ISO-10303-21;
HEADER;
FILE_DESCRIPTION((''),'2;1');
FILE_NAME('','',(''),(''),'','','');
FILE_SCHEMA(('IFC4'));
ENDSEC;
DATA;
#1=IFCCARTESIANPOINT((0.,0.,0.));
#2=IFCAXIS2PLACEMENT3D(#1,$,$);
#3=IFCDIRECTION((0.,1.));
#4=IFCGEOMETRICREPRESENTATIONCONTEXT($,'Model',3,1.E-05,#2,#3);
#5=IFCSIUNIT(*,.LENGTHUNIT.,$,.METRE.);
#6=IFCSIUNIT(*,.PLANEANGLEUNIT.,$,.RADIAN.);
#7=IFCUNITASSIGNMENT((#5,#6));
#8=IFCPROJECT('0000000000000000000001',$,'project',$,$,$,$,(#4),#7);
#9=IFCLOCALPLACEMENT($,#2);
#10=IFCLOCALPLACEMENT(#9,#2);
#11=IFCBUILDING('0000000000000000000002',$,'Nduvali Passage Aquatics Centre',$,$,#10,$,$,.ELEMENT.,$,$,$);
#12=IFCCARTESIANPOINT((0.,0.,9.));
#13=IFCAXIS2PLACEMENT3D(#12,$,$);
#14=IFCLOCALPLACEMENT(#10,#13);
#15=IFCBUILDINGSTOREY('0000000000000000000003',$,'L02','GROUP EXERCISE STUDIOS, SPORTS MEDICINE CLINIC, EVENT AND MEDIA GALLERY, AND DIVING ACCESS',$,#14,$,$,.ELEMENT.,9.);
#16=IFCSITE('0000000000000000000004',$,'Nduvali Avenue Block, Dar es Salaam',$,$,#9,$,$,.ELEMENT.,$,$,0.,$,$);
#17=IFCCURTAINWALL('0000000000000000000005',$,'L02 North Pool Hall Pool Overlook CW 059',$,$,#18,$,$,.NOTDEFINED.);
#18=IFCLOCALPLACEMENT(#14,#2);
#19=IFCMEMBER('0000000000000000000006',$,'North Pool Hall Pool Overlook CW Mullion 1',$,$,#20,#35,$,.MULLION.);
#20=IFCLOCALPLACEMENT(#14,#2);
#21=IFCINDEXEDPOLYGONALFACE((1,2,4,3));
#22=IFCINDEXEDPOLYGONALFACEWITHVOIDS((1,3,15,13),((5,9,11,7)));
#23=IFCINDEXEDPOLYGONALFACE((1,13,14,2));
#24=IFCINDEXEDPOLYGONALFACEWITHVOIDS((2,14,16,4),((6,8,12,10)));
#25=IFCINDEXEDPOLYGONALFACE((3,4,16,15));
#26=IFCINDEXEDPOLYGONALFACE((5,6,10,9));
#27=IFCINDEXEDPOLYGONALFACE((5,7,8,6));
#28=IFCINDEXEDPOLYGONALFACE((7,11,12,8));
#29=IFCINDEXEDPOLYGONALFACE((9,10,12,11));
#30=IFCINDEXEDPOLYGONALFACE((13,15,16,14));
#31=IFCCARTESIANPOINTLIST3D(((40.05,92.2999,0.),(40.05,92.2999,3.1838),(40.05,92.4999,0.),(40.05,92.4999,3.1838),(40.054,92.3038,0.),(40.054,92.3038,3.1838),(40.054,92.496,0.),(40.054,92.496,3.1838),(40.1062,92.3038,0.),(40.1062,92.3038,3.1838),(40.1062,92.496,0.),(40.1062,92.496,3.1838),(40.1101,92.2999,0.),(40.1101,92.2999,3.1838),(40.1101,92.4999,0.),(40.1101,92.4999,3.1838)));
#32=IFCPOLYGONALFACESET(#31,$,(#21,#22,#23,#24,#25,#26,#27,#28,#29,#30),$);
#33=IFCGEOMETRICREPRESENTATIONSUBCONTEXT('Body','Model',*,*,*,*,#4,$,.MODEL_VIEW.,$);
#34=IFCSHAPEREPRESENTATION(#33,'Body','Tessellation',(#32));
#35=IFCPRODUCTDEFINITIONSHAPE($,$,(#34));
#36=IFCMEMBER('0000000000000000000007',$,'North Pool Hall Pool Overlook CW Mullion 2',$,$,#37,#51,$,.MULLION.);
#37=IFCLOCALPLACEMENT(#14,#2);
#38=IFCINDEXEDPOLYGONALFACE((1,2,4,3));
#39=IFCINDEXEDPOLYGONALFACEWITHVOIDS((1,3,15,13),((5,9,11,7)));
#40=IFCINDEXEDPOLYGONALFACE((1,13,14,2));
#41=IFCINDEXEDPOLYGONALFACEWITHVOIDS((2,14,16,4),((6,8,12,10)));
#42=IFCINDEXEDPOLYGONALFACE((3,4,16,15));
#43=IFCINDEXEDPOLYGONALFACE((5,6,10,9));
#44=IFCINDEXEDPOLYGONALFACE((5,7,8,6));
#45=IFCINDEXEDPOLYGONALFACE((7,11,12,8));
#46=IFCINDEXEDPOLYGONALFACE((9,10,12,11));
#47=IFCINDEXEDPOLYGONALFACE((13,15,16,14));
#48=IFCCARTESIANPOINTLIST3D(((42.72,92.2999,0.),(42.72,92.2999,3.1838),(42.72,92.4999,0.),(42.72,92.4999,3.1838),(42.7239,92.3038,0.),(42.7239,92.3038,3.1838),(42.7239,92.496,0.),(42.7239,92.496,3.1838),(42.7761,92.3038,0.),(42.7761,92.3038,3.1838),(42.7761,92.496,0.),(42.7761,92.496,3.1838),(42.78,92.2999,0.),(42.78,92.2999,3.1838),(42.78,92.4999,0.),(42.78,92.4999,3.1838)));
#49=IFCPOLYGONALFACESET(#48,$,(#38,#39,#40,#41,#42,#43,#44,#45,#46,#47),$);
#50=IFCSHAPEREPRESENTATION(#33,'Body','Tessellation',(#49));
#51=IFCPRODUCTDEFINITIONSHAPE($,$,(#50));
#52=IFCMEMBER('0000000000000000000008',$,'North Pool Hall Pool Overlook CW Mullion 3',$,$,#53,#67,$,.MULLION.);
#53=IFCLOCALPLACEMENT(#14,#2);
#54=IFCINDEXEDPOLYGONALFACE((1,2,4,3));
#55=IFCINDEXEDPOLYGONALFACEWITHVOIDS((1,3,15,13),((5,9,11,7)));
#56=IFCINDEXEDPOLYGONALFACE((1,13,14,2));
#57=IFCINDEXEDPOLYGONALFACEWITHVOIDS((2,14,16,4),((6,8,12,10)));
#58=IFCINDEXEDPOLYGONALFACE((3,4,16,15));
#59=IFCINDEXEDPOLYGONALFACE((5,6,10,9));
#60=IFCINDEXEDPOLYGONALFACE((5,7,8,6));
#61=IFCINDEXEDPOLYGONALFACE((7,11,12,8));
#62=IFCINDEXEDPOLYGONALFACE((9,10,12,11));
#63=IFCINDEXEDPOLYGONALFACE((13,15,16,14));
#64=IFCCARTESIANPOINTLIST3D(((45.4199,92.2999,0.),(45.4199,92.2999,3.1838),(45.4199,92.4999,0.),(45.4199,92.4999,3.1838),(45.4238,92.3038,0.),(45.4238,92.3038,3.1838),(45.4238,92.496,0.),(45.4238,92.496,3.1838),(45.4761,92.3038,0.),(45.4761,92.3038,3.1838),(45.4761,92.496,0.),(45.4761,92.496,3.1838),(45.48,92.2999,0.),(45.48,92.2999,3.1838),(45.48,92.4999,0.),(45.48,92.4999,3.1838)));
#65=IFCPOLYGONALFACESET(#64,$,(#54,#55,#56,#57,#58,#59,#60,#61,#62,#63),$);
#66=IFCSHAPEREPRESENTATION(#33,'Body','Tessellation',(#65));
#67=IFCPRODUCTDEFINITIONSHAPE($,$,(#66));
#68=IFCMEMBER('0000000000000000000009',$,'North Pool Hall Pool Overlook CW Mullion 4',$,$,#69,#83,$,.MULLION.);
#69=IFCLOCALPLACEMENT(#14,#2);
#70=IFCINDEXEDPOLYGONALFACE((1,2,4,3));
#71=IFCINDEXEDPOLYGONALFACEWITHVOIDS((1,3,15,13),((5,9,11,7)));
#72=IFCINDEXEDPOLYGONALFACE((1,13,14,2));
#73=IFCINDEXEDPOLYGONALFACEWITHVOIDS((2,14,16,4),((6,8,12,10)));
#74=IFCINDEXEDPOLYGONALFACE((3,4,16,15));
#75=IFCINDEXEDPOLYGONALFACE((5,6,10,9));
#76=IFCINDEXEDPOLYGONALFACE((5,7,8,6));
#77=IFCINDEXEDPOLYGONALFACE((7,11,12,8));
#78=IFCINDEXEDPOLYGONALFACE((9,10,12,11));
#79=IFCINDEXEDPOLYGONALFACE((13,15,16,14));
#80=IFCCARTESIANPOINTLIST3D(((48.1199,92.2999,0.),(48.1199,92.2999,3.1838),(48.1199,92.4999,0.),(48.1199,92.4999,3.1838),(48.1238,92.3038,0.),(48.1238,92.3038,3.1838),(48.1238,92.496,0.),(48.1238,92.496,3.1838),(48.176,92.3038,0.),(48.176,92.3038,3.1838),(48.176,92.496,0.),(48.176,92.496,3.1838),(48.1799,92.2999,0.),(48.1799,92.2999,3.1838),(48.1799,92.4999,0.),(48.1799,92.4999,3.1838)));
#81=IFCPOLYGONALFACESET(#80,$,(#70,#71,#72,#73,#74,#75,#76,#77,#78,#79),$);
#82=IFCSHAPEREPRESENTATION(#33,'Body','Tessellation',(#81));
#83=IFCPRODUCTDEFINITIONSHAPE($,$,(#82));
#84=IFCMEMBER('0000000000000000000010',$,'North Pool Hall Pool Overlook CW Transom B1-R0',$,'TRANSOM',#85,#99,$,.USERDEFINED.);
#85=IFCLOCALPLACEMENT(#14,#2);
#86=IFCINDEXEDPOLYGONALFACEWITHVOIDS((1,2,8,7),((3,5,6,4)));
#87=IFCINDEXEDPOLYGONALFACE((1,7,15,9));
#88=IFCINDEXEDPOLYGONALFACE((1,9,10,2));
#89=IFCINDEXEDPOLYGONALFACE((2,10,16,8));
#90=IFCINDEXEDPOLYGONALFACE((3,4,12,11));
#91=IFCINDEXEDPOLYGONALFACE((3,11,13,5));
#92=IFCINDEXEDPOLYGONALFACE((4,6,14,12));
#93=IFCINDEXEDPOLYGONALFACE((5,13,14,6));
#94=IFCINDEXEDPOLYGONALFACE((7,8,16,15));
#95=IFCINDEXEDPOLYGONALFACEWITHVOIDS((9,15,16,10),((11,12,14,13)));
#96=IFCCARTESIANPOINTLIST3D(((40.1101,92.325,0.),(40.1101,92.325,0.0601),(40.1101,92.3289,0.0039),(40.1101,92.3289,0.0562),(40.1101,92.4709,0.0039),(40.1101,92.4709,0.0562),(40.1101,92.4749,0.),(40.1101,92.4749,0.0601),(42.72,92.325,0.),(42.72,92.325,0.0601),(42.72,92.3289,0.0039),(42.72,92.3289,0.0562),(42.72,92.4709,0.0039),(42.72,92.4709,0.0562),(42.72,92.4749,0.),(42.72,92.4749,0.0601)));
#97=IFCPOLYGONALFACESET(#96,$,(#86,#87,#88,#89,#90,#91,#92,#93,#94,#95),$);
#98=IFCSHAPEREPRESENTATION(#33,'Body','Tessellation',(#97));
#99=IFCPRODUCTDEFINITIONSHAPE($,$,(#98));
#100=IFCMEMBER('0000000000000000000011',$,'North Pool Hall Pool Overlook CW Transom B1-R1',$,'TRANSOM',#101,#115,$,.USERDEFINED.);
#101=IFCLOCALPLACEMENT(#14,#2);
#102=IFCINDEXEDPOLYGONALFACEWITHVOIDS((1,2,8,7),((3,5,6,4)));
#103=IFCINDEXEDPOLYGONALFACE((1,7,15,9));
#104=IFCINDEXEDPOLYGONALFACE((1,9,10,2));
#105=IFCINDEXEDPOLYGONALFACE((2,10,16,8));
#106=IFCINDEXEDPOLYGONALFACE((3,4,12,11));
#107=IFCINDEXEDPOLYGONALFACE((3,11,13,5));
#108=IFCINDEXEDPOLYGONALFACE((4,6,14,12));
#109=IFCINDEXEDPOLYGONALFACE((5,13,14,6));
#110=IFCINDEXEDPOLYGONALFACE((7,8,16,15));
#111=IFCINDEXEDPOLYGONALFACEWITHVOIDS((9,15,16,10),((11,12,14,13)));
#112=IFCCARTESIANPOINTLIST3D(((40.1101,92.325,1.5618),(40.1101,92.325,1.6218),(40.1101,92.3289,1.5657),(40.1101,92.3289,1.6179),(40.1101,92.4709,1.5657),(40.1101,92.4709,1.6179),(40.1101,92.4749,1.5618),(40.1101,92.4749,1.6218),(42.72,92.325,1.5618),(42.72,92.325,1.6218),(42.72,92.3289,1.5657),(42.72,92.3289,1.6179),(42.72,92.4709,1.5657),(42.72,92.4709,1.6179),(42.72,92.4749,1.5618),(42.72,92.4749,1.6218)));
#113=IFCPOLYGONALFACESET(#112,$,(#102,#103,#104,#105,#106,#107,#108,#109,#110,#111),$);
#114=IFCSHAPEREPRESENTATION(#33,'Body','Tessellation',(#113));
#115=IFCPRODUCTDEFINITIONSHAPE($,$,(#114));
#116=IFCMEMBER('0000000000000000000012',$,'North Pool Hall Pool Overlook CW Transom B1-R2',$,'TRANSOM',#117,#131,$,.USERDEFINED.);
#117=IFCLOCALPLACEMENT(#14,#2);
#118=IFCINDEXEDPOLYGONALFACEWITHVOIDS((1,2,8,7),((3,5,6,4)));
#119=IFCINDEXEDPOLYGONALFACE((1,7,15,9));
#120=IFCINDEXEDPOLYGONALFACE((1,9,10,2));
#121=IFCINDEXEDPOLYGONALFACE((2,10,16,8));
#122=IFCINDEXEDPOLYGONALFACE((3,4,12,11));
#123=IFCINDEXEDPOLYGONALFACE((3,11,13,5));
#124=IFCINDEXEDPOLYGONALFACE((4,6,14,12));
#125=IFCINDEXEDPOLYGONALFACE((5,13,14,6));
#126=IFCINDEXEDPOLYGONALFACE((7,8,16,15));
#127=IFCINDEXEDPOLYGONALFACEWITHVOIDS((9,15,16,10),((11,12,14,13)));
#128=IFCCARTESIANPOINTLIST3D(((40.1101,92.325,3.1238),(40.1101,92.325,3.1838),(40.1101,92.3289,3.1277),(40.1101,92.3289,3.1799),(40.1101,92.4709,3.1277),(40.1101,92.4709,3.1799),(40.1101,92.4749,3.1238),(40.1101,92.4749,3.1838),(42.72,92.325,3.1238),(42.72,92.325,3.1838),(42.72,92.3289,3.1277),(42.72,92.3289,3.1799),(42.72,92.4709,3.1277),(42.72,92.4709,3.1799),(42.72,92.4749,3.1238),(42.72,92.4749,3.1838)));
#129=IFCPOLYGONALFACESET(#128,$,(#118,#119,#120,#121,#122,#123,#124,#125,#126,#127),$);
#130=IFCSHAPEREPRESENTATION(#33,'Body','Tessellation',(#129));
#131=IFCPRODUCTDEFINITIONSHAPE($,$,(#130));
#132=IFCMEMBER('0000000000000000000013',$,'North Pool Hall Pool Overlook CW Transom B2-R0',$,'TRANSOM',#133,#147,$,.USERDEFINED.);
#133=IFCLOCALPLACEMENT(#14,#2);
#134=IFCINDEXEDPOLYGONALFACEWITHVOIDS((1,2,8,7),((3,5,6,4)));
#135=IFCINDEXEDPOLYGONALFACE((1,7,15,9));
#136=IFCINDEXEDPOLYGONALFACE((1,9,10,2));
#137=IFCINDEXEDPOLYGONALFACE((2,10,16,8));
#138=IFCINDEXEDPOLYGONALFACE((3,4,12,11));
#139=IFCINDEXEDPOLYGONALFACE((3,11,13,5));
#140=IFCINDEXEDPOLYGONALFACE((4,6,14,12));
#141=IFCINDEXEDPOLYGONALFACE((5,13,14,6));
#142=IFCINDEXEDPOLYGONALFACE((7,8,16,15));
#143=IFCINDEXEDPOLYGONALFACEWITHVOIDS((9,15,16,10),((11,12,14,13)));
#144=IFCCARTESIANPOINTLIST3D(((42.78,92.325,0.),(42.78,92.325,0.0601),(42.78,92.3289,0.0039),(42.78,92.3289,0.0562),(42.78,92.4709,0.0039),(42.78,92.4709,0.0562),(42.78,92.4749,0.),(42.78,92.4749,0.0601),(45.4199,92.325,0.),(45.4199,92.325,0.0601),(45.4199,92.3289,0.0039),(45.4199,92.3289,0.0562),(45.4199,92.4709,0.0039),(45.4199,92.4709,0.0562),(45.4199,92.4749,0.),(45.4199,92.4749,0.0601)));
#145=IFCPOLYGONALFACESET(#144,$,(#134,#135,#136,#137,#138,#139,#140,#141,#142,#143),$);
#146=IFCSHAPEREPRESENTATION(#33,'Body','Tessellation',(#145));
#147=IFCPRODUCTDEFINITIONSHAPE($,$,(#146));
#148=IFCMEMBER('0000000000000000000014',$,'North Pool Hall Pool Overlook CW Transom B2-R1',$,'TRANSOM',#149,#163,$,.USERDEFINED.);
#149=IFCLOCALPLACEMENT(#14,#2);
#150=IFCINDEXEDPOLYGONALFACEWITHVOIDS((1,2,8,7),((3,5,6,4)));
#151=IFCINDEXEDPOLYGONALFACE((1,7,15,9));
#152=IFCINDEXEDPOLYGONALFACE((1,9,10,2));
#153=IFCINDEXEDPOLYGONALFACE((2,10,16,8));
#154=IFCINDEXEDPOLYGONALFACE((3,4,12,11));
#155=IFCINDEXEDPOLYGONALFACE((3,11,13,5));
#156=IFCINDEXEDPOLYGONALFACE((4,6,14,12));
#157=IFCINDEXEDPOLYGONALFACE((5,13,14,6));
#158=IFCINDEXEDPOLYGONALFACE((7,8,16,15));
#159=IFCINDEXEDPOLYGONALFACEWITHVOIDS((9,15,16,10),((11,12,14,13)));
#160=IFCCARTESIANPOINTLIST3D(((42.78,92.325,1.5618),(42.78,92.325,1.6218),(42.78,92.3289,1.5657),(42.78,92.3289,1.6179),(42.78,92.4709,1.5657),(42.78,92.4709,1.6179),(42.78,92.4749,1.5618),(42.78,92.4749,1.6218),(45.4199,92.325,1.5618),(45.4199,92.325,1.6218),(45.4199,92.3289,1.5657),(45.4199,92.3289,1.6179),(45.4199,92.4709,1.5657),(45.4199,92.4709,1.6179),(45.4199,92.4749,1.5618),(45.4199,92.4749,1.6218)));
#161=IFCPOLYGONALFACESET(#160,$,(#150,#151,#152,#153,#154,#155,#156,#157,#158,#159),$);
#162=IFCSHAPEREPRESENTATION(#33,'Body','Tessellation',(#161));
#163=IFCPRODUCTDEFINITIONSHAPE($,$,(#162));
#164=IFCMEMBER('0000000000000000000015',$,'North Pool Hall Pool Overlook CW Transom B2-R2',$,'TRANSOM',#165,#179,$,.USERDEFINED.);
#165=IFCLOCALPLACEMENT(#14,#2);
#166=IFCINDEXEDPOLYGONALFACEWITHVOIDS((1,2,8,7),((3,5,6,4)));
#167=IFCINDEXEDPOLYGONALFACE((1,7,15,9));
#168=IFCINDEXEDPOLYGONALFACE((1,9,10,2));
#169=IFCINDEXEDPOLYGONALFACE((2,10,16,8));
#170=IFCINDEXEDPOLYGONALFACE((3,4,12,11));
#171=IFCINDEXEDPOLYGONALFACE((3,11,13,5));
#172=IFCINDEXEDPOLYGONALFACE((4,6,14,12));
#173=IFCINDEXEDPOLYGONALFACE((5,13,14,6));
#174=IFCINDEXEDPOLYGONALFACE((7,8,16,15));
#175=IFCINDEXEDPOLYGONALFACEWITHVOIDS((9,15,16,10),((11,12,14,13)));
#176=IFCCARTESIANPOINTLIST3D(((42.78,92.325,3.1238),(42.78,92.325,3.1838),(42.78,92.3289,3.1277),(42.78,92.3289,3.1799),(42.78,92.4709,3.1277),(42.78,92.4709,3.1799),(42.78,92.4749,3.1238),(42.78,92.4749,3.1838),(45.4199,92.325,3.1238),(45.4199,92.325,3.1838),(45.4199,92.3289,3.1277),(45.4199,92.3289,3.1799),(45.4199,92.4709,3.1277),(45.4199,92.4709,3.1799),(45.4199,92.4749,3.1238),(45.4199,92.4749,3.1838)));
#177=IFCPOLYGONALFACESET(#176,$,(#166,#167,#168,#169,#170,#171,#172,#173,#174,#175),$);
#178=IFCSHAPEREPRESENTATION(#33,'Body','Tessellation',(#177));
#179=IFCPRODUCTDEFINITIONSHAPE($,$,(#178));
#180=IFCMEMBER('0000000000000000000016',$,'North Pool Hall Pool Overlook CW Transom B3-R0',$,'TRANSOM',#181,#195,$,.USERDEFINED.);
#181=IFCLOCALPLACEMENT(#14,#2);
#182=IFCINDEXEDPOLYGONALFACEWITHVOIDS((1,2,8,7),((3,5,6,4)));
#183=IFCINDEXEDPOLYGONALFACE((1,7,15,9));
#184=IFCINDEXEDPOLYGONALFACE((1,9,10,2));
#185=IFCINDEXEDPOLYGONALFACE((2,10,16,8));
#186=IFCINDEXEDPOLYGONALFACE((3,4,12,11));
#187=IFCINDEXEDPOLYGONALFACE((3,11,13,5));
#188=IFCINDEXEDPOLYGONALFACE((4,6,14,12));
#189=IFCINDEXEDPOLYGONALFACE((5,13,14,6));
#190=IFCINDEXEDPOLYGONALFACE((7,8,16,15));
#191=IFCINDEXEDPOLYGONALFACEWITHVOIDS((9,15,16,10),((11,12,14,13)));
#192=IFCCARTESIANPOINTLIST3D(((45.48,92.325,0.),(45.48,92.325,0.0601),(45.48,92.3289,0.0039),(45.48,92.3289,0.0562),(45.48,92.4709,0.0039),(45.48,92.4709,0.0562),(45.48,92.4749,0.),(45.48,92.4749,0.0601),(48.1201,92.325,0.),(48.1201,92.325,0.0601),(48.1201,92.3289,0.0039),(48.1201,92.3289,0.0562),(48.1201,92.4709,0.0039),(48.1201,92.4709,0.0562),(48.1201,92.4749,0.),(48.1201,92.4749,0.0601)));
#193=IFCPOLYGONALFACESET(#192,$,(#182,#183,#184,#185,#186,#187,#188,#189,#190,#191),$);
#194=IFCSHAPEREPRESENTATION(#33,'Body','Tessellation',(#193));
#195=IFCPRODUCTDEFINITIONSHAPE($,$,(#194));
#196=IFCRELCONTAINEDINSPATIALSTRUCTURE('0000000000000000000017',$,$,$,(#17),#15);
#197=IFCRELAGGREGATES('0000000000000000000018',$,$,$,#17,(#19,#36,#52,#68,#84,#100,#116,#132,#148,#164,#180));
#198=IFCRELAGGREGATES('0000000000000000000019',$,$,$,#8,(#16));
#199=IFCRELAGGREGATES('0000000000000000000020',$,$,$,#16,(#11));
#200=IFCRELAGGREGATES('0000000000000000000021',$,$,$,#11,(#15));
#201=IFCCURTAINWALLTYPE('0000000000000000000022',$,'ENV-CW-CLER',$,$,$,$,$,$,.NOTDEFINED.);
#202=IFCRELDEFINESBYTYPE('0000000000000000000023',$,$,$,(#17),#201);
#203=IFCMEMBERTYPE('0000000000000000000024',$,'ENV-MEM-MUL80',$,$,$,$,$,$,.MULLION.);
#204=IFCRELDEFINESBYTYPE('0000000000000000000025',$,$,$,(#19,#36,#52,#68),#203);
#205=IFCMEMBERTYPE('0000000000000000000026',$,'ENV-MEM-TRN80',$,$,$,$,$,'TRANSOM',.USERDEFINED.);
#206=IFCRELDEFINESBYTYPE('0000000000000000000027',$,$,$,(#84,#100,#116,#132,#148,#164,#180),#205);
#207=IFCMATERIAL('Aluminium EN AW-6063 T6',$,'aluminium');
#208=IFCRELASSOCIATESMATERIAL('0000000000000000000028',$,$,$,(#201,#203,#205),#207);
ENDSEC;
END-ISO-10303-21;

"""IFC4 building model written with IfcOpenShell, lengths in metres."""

from ifc_helpers import new_model, si_unit, direction, frame, origin, origin_2d, place, context, subcontext, project, spatial, hollow_rectangle, extrude, material, material_profile, profile_set, type_object, element, aggregate, save


model = new_model("IFC4")

# Units and contexts
model_context = context("Model", 3, precision=1e-05, world=origin(), true_north=direction((0.0, 1.0)))
body_context = subcontext(model_context, "Body", "Model", "MODEL_VIEW")
ifc_project = project(units=[si_unit("LENGTHUNIT", "METRE"), si_unit("PLANEANGLEUNIT", "RADIAN")], contexts=[model_context])

# Site, building, storey
site_placement = place(None, origin())
site = spatial("IfcSite", under=ifc_project, at=site_placement, Name="Nduvali Avenue Block, Dar es Salaam", CompositionType="ELEMENT", RefElevation=0.0)
building_placement = place(site_placement, origin())
building = spatial("IfcBuilding", under=site, at=building_placement, Name="Nduvali Passage Aquatics Centre", CompositionType="ELEMENT")
storey_placement = place(building_placement, frame((0.0, 0.0, 9.0)))
storey = spatial("IfcBuildingStorey", under=building, at=storey_placement, Name="L02", Description="GROUP EXERCISE STUDIOS, SPORTS MEDICINE CLINIC, EVENT AND MEDIA GALLERY, AND DIVING ACCESS", CompositionType="ELEMENT", Elevation=9.0)

# Curtain wall, members
ifc_material_1 = material(Name="Aluminium EN AW-6063 T6", Category="aluminium")
curtain_wall_type = type_object("IfcCurtainWallType", Name="ENV-CW-CLER", PredefinedType="NOTDEFINED", material=ifc_material_1)
curtain_wall_placement = place(storey_placement, origin())
curtain_wall = element("IfcCurtainWall", 1, at=curtain_wall_placement, inside=storey, type_object=curtain_wall_type, Name="L02 North Pool Hall Pool Overlook CW 059", PredefinedType="NOTDEFINED")
ifc_material_profile_1 = material_profile(ifc_material_1, hollow_rectangle(XDim=0.0601, YDim=0.2, WallThickness=0.0039, at=origin_2d()), Name="ALU MULLION 60x200x4")
ifc_profile_set_1 = profile_set([ifc_material_profile_1], Name="Aluminium EN AW-6063 T6")
member_type_1 = type_object("IfcMemberType", Name="ENV-MEM-MUL80", PredefinedType="MULLION", material=ifc_profile_set_1)
member_1_placement = place(storey_placement, frame((40.0801, 92.3999, 0.0), z_axis=(0.0, 0.0, 1.0), x_axis=(1.0, 0.0, 0.0)))
member_1 = element("IfcMember", 2, at=member_1_placement, type_object=member_type_1, Name="North Pool Hall Pool Overlook CW Mullion 1", PredefinedType="MULLION", context=body_context, shape_type="SweptSolid", body=[
    extrude(hollow_rectangle(XDim=0.0601, YDim=0.2, WallThickness=0.0039, at=origin_2d()), origin(), (0.0, 0.0, 1.0), 3.1838),
])
member_2_placement = place(storey_placement, frame((42.75, 92.3999, 0.0), z_axis=(0.0, 0.0, 1.0), x_axis=(1.0, 0.0, 0.0)))
member_2 = element("IfcMember", 3, at=member_2_placement, type_object=member_type_1, Name="North Pool Hall Pool Overlook CW Mullion 2", PredefinedType="MULLION", context=body_context, shape_type="SweptSolid", body=[
    extrude(hollow_rectangle(XDim=0.0601, YDim=0.2, WallThickness=0.0039, at=origin_2d()), origin(), (0.0, 0.0, 1.0), 3.1838),
])
member_3_placement = place(storey_placement, frame((45.45, 92.3999, 0.0), z_axis=(0.0, 0.0, 1.0), x_axis=(1.0, 0.0, 0.0)))
member_3 = element("IfcMember", 4, at=member_3_placement, type_object=member_type_1, Name="North Pool Hall Pool Overlook CW Mullion 3", PredefinedType="MULLION", context=body_context, shape_type="SweptSolid", body=[
    extrude(hollow_rectangle(XDim=0.0601, YDim=0.2, WallThickness=0.0039, at=origin_2d()), origin(), (0.0, 0.0, 1.0), 3.1838),
])
member_4_placement = place(storey_placement, frame((48.1499, 92.3999, 0.0), z_axis=(0.0, 0.0, 1.0), x_axis=(1.0, 0.0, 0.0)))
member_4 = element("IfcMember", 5, at=member_4_placement, type_object=member_type_1, Name="North Pool Hall Pool Overlook CW Mullion 4", PredefinedType="MULLION", context=body_context, shape_type="SweptSolid", body=[
    extrude(hollow_rectangle(XDim=0.0601, YDim=0.2, WallThickness=0.0039, at=origin_2d()), origin(), (0.0, 0.0, 1.0), 3.1838),
])
ifc_material_profile_2 = material_profile(ifc_material_1, hollow_rectangle(XDim=0.1499, YDim=0.0601, WallThickness=0.0039, at=origin_2d()), Name="ALU TRANSOM 150x60x4")
ifc_profile_set_2 = profile_set([ifc_material_profile_2], Name="Aluminium EN AW-6063 T6")
member_type_2 = type_object("IfcMemberType", Name="ENV-MEM-TRN80", ElementType="TRANSOM", PredefinedType="USERDEFINED", material=ifc_profile_set_2)
member_5_placement = place(storey_placement, frame((40.1101, 92.3999, 0.03), z_axis=(1.0, 0.0, 0.0), x_axis=(0.0, 1.0, 0.0)))
member_5 = element("IfcMember", 6, at=member_5_placement, type_object=member_type_2, Name="North Pool Hall Pool Overlook CW Transom B1-R0", ObjectType="TRANSOM", PredefinedType="USERDEFINED", context=body_context, shape_type="SweptSolid", body=[
    extrude(hollow_rectangle(XDim=0.1499, YDim=0.0601, WallThickness=0.0039, at=origin_2d()), origin(), (0.0, 0.0, 1.0), 2.6099),
])
member_6_placement = place(storey_placement, frame((40.1101, 92.3999, 1.5918), z_axis=(1.0, 0.0, 0.0), x_axis=(0.0, 1.0, 0.0)))
member_6 = element("IfcMember", 7, at=member_6_placement, type_object=member_type_2, Name="North Pool Hall Pool Overlook CW Transom B1-R1", ObjectType="TRANSOM", PredefinedType="USERDEFINED", context=body_context, shape_type="SweptSolid", body=[
    extrude(hollow_rectangle(XDim=0.1499, YDim=0.0601, WallThickness=0.0039, at=origin_2d()), origin(), (0.0, 0.0, 1.0), 2.6099),
])
member_7_placement = place(storey_placement, frame((40.1101, 92.3999, 3.1538), z_axis=(1.0, 0.0, 0.0), x_axis=(0.0, 1.0, 0.0)))
member_7 = element("IfcMember", 8, at=member_7_placement, type_object=member_type_2, Name="North Pool Hall Pool Overlook CW Transom B1-R2", ObjectType="TRANSOM", PredefinedType="USERDEFINED", context=body_context, shape_type="SweptSolid", body=[
    extrude(hollow_rectangle(XDim=0.1499, YDim=0.0601, WallThickness=0.0039, at=origin_2d()), origin(), (0.0, 0.0, 1.0), 2.6099),
])
member_8_placement = place(storey_placement, frame((42.78, 92.3999, 0.03), z_axis=(1.0, 0.0, 0.0), x_axis=(0.0, 1.0, 0.0)))
member_8 = element("IfcMember", 9, at=member_8_placement, type_object=member_type_2, Name="North Pool Hall Pool Overlook CW Transom B2-R0", ObjectType="TRANSOM", PredefinedType="USERDEFINED", context=body_context, shape_type="SweptSolid", body=[
    extrude(hollow_rectangle(XDim=0.1499, YDim=0.0601, WallThickness=0.0039, at=origin_2d()), origin(), (0.0, 0.0, 1.0), 2.6399),
])
member_9_placement = place(storey_placement, frame((42.78, 92.3999, 1.5918), z_axis=(1.0, 0.0, 0.0), x_axis=(0.0, 1.0, 0.0)))
member_9 = element("IfcMember", 10, at=member_9_placement, type_object=member_type_2, Name="North Pool Hall Pool Overlook CW Transom B2-R1", ObjectType="TRANSOM", PredefinedType="USERDEFINED", context=body_context, shape_type="SweptSolid", body=[
    extrude(hollow_rectangle(XDim=0.1499, YDim=0.0601, WallThickness=0.0039, at=origin_2d()), origin(), (0.0, 0.0, 1.0), 2.6399),
])
member_10_placement = place(storey_placement, frame((42.78, 92.3999, 3.1538), z_axis=(1.0, 0.0, 0.0), x_axis=(0.0, 1.0, 0.0)))
member_10 = element("IfcMember", 11, at=member_10_placement, type_object=member_type_2, Name="North Pool Hall Pool Overlook CW Transom B2-R2", ObjectType="TRANSOM", PredefinedType="USERDEFINED", context=body_context, shape_type="SweptSolid", body=[
    extrude(hollow_rectangle(XDim=0.1499, YDim=0.0601, WallThickness=0.0039, at=origin_2d()), origin(), (0.0, 0.0, 1.0), 2.6399),
])
member_11_placement = place(storey_placement, frame((45.48, 92.3999, 0.03), z_axis=(1.0, 0.0, 0.0), x_axis=(0.0, 1.0, 0.0)))
member_11 = element("IfcMember", 12, at=member_11_placement, type_object=member_type_2, Name="North Pool Hall Pool Overlook CW Transom B3-R0", ObjectType="TRANSOM", PredefinedType="USERDEFINED", context=body_context, shape_type="SweptSolid", body=[
    extrude(hollow_rectangle(XDim=0.1499, YDim=0.0601, WallThickness=0.0039, at=origin_2d()), origin(), (0.0, 0.0, 1.0), 2.6401),
])

aggregate(curtain_wall, [member_1, member_2, member_3, member_4, member_5, member_6, member_7, member_8, member_9, member_10, member_11])

save(model, "model.ifc")
